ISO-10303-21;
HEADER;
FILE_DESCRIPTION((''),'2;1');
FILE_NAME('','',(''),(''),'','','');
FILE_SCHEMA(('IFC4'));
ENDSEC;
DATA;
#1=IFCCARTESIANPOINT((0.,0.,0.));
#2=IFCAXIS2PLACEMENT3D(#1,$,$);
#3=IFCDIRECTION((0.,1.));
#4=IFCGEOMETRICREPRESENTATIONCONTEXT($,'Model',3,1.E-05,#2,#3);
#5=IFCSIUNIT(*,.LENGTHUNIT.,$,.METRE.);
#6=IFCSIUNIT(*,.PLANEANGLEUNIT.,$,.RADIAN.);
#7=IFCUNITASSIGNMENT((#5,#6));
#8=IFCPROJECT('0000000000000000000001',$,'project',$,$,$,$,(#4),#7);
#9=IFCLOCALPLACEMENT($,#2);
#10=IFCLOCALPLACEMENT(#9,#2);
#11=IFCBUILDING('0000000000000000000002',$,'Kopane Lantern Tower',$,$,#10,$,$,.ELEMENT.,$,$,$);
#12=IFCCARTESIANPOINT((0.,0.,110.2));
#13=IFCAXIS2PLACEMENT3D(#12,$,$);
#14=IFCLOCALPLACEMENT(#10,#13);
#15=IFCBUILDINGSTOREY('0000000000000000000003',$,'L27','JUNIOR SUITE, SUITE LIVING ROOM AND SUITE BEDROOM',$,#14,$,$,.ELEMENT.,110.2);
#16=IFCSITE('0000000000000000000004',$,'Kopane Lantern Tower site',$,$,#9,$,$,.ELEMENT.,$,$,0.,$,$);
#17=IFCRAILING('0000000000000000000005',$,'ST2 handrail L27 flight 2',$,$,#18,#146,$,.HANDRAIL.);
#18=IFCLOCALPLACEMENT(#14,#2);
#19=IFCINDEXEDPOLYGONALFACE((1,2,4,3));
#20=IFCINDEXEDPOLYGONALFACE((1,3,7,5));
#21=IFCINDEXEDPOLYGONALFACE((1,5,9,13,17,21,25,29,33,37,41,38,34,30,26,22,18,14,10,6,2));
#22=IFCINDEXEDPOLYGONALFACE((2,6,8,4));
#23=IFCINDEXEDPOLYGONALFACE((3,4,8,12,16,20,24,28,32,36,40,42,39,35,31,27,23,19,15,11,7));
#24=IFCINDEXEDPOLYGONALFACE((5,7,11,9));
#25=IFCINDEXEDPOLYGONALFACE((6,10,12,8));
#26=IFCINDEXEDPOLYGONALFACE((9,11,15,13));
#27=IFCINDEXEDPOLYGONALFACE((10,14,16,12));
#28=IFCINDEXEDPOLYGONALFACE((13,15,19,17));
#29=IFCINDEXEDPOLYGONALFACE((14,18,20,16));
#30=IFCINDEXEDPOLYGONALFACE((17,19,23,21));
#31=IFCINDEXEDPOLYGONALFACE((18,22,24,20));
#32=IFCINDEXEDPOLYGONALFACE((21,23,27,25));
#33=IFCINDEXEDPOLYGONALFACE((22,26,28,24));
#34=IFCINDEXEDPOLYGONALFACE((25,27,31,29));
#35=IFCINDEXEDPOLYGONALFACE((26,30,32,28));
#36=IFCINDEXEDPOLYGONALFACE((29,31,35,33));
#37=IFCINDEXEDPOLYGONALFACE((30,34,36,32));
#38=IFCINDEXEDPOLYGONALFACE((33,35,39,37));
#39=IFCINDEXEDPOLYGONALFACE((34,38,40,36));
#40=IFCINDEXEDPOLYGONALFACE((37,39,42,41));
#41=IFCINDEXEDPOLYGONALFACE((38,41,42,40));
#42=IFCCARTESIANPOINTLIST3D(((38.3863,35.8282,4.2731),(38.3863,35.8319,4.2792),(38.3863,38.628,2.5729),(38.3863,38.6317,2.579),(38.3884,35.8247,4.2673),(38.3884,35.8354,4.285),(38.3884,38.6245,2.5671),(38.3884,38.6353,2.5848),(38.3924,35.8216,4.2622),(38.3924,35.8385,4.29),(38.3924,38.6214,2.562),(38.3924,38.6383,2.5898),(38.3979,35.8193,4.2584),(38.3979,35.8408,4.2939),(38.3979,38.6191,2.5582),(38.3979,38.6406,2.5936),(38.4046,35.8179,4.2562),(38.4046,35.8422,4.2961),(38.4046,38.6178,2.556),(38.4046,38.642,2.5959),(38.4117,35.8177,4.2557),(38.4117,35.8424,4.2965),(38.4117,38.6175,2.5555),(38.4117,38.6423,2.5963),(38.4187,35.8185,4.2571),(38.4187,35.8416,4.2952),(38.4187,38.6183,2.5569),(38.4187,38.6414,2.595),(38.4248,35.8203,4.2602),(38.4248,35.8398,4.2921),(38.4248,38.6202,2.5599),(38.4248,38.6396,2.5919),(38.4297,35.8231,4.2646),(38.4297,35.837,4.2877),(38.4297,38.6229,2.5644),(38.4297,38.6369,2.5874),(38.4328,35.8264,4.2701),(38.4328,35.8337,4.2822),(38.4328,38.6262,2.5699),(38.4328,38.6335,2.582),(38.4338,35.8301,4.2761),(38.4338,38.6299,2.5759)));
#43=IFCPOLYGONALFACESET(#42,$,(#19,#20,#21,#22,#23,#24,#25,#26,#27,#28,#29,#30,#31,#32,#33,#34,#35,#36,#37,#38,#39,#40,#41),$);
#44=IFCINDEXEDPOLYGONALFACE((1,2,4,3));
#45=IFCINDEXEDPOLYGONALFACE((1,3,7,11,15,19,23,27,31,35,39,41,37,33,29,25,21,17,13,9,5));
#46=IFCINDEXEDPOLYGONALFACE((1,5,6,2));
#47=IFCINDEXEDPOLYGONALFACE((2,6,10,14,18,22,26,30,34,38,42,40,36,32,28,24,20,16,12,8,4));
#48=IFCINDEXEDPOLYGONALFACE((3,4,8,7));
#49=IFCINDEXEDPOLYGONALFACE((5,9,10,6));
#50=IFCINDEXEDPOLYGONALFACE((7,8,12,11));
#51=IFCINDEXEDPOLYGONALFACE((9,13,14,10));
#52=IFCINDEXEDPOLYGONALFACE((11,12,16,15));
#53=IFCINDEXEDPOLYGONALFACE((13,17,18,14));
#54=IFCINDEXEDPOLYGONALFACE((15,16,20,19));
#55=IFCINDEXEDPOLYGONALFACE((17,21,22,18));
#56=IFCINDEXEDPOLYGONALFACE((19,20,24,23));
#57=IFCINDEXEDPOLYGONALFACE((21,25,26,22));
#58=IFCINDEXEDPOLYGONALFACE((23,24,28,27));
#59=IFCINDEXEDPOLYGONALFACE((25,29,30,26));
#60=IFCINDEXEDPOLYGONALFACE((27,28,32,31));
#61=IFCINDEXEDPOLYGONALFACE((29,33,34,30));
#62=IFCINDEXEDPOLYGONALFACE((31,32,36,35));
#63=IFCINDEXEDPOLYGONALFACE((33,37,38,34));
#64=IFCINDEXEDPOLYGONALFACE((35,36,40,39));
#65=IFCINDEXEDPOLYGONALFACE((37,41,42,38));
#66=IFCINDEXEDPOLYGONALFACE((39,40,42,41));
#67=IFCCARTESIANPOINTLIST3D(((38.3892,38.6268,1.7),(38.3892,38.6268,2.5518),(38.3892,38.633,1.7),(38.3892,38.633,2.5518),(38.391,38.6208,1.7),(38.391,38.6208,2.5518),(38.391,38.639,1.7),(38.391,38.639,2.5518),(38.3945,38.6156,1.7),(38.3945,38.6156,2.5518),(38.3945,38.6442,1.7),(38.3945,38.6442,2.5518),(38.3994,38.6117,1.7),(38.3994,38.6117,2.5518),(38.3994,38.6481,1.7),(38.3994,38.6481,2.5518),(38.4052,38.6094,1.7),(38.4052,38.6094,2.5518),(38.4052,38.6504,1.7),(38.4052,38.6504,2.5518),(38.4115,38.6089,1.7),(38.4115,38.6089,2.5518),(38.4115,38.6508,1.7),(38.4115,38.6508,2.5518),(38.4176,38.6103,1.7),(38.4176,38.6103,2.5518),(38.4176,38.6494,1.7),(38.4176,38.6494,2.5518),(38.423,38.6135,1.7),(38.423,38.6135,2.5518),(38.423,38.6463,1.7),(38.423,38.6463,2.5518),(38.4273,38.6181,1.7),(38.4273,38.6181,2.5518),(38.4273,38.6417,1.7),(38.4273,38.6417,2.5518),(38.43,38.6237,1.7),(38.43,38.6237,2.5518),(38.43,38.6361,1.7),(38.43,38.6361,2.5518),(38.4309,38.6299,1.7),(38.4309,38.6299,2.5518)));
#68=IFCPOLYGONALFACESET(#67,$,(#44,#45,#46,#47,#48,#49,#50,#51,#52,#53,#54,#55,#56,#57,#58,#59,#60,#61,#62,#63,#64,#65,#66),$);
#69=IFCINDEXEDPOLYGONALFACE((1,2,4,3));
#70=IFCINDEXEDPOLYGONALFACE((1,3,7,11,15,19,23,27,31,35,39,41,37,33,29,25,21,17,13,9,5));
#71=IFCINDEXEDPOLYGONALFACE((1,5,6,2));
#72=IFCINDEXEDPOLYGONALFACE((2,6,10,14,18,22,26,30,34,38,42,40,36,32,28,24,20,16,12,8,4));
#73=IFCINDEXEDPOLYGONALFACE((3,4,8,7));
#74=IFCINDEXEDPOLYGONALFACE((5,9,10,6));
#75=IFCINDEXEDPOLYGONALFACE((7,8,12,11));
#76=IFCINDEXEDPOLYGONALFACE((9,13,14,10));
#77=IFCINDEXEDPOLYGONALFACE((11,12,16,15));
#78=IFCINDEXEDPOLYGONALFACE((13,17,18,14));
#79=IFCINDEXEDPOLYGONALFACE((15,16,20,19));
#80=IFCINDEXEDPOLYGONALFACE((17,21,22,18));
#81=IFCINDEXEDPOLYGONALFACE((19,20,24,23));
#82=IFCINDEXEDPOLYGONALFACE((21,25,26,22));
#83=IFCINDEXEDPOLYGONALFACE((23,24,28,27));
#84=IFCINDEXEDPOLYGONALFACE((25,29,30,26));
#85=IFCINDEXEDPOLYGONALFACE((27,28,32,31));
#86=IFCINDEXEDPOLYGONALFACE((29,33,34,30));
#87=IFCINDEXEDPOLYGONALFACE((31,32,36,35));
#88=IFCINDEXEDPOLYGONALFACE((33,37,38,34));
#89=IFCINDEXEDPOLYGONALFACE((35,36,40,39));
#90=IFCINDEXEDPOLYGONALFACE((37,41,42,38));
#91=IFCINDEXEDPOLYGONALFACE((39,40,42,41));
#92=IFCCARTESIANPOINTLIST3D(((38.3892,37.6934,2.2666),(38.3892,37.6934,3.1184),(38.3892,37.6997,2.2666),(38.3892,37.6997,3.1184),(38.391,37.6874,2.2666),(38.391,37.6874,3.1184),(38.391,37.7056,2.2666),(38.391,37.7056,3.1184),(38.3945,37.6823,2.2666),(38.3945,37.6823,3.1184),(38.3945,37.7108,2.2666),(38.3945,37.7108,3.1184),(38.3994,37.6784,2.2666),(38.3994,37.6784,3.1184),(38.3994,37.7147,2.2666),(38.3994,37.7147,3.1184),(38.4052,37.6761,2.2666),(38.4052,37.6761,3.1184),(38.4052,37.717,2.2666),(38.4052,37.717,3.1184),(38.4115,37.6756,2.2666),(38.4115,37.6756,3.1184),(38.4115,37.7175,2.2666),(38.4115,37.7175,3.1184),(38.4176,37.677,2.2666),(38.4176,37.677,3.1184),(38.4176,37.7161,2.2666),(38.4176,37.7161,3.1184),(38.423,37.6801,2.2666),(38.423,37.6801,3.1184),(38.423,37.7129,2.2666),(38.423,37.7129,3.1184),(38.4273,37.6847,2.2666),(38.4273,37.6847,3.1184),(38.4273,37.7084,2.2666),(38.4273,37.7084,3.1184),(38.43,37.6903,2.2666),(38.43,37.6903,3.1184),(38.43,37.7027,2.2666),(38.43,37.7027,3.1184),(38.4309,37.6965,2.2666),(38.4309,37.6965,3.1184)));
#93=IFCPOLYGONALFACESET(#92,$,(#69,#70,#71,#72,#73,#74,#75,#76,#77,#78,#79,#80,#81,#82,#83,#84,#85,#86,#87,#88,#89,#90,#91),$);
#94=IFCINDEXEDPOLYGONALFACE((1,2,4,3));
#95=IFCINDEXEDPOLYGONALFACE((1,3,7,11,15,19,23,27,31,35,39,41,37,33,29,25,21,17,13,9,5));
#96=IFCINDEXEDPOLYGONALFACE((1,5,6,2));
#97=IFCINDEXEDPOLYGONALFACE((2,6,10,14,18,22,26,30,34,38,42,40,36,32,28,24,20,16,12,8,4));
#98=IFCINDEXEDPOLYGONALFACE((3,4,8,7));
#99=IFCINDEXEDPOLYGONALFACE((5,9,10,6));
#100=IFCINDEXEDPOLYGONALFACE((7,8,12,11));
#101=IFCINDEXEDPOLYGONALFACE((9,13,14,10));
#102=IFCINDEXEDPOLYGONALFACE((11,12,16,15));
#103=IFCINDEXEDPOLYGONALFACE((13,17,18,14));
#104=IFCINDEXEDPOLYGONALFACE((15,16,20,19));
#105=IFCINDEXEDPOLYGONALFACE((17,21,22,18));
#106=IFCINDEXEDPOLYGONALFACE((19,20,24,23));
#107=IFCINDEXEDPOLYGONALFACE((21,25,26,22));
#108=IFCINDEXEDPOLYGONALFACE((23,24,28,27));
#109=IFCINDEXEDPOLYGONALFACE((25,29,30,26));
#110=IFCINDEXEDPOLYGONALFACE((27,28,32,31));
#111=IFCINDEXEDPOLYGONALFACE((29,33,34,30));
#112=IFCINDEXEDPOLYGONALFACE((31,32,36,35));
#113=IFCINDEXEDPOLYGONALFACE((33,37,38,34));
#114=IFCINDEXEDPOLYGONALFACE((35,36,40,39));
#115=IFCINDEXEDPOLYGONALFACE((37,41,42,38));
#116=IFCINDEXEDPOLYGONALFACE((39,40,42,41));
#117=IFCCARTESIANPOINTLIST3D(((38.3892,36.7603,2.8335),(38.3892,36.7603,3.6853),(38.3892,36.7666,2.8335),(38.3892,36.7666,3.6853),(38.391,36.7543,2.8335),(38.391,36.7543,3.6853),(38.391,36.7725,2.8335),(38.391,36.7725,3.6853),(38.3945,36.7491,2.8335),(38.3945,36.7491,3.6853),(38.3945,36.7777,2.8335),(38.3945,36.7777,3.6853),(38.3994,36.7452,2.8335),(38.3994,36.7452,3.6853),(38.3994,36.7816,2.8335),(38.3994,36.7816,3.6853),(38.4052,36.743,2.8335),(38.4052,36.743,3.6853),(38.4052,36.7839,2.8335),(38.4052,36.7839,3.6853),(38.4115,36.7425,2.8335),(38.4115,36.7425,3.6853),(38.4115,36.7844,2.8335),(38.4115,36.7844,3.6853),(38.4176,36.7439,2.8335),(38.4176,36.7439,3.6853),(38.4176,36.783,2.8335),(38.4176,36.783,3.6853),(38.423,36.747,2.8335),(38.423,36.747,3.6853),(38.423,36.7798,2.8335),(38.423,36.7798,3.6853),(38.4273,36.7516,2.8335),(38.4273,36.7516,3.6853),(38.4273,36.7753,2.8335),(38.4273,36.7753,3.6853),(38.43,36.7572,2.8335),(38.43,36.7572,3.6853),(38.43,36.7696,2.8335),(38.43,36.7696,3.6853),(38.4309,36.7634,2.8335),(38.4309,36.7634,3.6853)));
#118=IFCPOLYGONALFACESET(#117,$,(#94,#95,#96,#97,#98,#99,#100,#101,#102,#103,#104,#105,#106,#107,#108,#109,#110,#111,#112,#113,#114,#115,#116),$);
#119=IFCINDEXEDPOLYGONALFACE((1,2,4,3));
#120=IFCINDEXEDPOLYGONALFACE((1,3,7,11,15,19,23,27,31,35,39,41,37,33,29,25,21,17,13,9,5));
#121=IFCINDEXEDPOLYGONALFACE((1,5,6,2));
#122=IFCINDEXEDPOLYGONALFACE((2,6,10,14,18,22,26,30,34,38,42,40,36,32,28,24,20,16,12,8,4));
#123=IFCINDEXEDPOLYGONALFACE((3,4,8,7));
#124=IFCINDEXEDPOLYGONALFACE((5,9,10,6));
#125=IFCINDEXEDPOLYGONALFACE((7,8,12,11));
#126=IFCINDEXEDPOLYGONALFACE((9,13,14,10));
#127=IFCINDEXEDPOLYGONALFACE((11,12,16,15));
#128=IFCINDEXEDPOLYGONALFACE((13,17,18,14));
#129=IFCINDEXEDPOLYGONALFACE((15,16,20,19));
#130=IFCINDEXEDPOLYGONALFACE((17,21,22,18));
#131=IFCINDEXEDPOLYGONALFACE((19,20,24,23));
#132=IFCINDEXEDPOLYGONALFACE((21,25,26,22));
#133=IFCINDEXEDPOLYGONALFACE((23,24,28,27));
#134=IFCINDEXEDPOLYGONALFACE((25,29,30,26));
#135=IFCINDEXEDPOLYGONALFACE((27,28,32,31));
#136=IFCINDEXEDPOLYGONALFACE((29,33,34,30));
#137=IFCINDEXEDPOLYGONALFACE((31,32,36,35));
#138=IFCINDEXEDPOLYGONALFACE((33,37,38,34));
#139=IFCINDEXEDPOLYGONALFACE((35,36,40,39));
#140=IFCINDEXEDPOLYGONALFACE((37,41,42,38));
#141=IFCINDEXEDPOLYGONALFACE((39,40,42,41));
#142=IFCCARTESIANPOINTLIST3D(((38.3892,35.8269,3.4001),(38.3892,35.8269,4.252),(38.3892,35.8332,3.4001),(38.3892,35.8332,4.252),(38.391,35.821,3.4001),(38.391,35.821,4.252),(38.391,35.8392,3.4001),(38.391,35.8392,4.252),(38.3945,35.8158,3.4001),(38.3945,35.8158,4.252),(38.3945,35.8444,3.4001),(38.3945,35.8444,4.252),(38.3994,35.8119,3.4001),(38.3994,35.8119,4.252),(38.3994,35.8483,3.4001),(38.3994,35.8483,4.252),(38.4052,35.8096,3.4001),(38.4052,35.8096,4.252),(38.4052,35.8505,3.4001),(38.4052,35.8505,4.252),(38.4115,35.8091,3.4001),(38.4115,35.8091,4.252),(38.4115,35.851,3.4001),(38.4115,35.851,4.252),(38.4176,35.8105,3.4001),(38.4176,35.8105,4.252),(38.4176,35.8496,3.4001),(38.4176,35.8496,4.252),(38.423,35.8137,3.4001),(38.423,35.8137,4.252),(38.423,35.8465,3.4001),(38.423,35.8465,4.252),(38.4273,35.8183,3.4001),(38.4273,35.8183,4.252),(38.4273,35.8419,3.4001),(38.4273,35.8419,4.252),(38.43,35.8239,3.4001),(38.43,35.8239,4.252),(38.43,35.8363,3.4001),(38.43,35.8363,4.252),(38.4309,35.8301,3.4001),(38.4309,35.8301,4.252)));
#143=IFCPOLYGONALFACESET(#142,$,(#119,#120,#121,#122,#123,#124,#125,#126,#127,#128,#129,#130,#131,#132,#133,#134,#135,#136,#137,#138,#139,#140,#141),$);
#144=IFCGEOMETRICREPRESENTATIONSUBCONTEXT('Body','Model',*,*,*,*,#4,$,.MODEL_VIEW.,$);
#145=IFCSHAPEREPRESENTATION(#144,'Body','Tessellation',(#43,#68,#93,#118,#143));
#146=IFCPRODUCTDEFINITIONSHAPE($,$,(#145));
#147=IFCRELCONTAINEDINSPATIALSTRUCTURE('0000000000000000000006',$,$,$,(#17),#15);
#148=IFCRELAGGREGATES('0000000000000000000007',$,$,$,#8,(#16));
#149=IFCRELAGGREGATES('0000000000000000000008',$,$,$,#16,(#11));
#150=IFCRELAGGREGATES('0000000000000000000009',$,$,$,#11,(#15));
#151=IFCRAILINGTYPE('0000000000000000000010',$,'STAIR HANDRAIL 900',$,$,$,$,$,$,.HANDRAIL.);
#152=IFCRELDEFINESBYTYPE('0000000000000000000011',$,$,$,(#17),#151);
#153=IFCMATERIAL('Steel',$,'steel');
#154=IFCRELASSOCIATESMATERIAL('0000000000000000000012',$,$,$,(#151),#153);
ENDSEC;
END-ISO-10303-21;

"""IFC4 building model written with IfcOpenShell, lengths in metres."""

from ifc_helpers import new_model, si_unit, direction, frame, origin, origin_2d, place, context, subcontext, project, spatial, circle, extrude, material, type_object, element, save


model = new_model("IFC4")

# Units and contexts
model_context = context("Model", 3, precision=1e-05, world=origin(), true_north=direction((0.0, 1.0)))
body_context = subcontext(model_context, "Body", "Model", "MODEL_VIEW")
ifc_project = project(units=[si_unit("LENGTHUNIT", "METRE"), si_unit("PLANEANGLEUNIT", "RADIAN")], contexts=[model_context])

# Site, building, storey
site_placement = place(None, origin())
site = spatial("IfcSite", under=ifc_project, at=site_placement, Name="Kopane Lantern Tower site", CompositionType="ELEMENT", RefElevation=0.0)
building_placement = place(site_placement, origin())
building = spatial("IfcBuilding", under=site, at=building_placement, Name="Kopane Lantern Tower", CompositionType="ELEMENT")
storey_placement = place(building_placement, frame((0.0, 0.0, 110.2)))
storey = spatial("IfcBuildingStorey", under=building, at=storey_placement, Name="L27", Description="JUNIOR SUITE, SUITE LIVING ROOM AND SUITE BEDROOM", CompositionType="ELEMENT", Elevation=110.2)

# Railing
ifc_material_1 = material(Name="Steel", Category="steel")
railing_type_1 = type_object("IfcRailingType", Name="STAIR HANDRAIL 900", PredefinedType="HANDRAIL", material=ifc_material_1)
for number, where, name in (
    (1, (38.4099, 38.6299, 1.7), "ST2 handrail L27 flight 2"),
):
    element("IfcRailing", number, at=place(storey_placement, frame(where)), inside=storey, type_object=railing_type_1, Name=name, PredefinedType="HANDRAIL", context=body_context, shape_type="SweptSolid", body=[
        extrude(circle(Radius=0.0239, at=origin_2d()), frame((0.0, 0.0, 0.876), z_axis=(0.0, -0.854745, 0.519048), x_axis=(1.0, 0.0, 0.0)), (0.0, 0.0, 1.0), 3.2756),
        extrude(circle(Radius=0.021, at=origin_2d()), origin(), (0.0, 0.0, 1.0), 0.8518),
        extrude(circle(Radius=0.021, at=origin_2d()), frame((0.0, -0.9333, 0.5667)), (0.0, 0.0, 1.0), 0.8518),
        extrude(circle(Radius=0.021, at=origin_2d()), frame((0.0, -1.8665, 1.1335)), (0.0, 0.0, 1.0), 0.8518),
        extrude(circle(Radius=0.021, at=origin_2d()), frame((0.0, -2.7998, 1.7002)), (0.0, 0.0, 1.0), 0.8518),
    ])

save(model, "model.ifc")
